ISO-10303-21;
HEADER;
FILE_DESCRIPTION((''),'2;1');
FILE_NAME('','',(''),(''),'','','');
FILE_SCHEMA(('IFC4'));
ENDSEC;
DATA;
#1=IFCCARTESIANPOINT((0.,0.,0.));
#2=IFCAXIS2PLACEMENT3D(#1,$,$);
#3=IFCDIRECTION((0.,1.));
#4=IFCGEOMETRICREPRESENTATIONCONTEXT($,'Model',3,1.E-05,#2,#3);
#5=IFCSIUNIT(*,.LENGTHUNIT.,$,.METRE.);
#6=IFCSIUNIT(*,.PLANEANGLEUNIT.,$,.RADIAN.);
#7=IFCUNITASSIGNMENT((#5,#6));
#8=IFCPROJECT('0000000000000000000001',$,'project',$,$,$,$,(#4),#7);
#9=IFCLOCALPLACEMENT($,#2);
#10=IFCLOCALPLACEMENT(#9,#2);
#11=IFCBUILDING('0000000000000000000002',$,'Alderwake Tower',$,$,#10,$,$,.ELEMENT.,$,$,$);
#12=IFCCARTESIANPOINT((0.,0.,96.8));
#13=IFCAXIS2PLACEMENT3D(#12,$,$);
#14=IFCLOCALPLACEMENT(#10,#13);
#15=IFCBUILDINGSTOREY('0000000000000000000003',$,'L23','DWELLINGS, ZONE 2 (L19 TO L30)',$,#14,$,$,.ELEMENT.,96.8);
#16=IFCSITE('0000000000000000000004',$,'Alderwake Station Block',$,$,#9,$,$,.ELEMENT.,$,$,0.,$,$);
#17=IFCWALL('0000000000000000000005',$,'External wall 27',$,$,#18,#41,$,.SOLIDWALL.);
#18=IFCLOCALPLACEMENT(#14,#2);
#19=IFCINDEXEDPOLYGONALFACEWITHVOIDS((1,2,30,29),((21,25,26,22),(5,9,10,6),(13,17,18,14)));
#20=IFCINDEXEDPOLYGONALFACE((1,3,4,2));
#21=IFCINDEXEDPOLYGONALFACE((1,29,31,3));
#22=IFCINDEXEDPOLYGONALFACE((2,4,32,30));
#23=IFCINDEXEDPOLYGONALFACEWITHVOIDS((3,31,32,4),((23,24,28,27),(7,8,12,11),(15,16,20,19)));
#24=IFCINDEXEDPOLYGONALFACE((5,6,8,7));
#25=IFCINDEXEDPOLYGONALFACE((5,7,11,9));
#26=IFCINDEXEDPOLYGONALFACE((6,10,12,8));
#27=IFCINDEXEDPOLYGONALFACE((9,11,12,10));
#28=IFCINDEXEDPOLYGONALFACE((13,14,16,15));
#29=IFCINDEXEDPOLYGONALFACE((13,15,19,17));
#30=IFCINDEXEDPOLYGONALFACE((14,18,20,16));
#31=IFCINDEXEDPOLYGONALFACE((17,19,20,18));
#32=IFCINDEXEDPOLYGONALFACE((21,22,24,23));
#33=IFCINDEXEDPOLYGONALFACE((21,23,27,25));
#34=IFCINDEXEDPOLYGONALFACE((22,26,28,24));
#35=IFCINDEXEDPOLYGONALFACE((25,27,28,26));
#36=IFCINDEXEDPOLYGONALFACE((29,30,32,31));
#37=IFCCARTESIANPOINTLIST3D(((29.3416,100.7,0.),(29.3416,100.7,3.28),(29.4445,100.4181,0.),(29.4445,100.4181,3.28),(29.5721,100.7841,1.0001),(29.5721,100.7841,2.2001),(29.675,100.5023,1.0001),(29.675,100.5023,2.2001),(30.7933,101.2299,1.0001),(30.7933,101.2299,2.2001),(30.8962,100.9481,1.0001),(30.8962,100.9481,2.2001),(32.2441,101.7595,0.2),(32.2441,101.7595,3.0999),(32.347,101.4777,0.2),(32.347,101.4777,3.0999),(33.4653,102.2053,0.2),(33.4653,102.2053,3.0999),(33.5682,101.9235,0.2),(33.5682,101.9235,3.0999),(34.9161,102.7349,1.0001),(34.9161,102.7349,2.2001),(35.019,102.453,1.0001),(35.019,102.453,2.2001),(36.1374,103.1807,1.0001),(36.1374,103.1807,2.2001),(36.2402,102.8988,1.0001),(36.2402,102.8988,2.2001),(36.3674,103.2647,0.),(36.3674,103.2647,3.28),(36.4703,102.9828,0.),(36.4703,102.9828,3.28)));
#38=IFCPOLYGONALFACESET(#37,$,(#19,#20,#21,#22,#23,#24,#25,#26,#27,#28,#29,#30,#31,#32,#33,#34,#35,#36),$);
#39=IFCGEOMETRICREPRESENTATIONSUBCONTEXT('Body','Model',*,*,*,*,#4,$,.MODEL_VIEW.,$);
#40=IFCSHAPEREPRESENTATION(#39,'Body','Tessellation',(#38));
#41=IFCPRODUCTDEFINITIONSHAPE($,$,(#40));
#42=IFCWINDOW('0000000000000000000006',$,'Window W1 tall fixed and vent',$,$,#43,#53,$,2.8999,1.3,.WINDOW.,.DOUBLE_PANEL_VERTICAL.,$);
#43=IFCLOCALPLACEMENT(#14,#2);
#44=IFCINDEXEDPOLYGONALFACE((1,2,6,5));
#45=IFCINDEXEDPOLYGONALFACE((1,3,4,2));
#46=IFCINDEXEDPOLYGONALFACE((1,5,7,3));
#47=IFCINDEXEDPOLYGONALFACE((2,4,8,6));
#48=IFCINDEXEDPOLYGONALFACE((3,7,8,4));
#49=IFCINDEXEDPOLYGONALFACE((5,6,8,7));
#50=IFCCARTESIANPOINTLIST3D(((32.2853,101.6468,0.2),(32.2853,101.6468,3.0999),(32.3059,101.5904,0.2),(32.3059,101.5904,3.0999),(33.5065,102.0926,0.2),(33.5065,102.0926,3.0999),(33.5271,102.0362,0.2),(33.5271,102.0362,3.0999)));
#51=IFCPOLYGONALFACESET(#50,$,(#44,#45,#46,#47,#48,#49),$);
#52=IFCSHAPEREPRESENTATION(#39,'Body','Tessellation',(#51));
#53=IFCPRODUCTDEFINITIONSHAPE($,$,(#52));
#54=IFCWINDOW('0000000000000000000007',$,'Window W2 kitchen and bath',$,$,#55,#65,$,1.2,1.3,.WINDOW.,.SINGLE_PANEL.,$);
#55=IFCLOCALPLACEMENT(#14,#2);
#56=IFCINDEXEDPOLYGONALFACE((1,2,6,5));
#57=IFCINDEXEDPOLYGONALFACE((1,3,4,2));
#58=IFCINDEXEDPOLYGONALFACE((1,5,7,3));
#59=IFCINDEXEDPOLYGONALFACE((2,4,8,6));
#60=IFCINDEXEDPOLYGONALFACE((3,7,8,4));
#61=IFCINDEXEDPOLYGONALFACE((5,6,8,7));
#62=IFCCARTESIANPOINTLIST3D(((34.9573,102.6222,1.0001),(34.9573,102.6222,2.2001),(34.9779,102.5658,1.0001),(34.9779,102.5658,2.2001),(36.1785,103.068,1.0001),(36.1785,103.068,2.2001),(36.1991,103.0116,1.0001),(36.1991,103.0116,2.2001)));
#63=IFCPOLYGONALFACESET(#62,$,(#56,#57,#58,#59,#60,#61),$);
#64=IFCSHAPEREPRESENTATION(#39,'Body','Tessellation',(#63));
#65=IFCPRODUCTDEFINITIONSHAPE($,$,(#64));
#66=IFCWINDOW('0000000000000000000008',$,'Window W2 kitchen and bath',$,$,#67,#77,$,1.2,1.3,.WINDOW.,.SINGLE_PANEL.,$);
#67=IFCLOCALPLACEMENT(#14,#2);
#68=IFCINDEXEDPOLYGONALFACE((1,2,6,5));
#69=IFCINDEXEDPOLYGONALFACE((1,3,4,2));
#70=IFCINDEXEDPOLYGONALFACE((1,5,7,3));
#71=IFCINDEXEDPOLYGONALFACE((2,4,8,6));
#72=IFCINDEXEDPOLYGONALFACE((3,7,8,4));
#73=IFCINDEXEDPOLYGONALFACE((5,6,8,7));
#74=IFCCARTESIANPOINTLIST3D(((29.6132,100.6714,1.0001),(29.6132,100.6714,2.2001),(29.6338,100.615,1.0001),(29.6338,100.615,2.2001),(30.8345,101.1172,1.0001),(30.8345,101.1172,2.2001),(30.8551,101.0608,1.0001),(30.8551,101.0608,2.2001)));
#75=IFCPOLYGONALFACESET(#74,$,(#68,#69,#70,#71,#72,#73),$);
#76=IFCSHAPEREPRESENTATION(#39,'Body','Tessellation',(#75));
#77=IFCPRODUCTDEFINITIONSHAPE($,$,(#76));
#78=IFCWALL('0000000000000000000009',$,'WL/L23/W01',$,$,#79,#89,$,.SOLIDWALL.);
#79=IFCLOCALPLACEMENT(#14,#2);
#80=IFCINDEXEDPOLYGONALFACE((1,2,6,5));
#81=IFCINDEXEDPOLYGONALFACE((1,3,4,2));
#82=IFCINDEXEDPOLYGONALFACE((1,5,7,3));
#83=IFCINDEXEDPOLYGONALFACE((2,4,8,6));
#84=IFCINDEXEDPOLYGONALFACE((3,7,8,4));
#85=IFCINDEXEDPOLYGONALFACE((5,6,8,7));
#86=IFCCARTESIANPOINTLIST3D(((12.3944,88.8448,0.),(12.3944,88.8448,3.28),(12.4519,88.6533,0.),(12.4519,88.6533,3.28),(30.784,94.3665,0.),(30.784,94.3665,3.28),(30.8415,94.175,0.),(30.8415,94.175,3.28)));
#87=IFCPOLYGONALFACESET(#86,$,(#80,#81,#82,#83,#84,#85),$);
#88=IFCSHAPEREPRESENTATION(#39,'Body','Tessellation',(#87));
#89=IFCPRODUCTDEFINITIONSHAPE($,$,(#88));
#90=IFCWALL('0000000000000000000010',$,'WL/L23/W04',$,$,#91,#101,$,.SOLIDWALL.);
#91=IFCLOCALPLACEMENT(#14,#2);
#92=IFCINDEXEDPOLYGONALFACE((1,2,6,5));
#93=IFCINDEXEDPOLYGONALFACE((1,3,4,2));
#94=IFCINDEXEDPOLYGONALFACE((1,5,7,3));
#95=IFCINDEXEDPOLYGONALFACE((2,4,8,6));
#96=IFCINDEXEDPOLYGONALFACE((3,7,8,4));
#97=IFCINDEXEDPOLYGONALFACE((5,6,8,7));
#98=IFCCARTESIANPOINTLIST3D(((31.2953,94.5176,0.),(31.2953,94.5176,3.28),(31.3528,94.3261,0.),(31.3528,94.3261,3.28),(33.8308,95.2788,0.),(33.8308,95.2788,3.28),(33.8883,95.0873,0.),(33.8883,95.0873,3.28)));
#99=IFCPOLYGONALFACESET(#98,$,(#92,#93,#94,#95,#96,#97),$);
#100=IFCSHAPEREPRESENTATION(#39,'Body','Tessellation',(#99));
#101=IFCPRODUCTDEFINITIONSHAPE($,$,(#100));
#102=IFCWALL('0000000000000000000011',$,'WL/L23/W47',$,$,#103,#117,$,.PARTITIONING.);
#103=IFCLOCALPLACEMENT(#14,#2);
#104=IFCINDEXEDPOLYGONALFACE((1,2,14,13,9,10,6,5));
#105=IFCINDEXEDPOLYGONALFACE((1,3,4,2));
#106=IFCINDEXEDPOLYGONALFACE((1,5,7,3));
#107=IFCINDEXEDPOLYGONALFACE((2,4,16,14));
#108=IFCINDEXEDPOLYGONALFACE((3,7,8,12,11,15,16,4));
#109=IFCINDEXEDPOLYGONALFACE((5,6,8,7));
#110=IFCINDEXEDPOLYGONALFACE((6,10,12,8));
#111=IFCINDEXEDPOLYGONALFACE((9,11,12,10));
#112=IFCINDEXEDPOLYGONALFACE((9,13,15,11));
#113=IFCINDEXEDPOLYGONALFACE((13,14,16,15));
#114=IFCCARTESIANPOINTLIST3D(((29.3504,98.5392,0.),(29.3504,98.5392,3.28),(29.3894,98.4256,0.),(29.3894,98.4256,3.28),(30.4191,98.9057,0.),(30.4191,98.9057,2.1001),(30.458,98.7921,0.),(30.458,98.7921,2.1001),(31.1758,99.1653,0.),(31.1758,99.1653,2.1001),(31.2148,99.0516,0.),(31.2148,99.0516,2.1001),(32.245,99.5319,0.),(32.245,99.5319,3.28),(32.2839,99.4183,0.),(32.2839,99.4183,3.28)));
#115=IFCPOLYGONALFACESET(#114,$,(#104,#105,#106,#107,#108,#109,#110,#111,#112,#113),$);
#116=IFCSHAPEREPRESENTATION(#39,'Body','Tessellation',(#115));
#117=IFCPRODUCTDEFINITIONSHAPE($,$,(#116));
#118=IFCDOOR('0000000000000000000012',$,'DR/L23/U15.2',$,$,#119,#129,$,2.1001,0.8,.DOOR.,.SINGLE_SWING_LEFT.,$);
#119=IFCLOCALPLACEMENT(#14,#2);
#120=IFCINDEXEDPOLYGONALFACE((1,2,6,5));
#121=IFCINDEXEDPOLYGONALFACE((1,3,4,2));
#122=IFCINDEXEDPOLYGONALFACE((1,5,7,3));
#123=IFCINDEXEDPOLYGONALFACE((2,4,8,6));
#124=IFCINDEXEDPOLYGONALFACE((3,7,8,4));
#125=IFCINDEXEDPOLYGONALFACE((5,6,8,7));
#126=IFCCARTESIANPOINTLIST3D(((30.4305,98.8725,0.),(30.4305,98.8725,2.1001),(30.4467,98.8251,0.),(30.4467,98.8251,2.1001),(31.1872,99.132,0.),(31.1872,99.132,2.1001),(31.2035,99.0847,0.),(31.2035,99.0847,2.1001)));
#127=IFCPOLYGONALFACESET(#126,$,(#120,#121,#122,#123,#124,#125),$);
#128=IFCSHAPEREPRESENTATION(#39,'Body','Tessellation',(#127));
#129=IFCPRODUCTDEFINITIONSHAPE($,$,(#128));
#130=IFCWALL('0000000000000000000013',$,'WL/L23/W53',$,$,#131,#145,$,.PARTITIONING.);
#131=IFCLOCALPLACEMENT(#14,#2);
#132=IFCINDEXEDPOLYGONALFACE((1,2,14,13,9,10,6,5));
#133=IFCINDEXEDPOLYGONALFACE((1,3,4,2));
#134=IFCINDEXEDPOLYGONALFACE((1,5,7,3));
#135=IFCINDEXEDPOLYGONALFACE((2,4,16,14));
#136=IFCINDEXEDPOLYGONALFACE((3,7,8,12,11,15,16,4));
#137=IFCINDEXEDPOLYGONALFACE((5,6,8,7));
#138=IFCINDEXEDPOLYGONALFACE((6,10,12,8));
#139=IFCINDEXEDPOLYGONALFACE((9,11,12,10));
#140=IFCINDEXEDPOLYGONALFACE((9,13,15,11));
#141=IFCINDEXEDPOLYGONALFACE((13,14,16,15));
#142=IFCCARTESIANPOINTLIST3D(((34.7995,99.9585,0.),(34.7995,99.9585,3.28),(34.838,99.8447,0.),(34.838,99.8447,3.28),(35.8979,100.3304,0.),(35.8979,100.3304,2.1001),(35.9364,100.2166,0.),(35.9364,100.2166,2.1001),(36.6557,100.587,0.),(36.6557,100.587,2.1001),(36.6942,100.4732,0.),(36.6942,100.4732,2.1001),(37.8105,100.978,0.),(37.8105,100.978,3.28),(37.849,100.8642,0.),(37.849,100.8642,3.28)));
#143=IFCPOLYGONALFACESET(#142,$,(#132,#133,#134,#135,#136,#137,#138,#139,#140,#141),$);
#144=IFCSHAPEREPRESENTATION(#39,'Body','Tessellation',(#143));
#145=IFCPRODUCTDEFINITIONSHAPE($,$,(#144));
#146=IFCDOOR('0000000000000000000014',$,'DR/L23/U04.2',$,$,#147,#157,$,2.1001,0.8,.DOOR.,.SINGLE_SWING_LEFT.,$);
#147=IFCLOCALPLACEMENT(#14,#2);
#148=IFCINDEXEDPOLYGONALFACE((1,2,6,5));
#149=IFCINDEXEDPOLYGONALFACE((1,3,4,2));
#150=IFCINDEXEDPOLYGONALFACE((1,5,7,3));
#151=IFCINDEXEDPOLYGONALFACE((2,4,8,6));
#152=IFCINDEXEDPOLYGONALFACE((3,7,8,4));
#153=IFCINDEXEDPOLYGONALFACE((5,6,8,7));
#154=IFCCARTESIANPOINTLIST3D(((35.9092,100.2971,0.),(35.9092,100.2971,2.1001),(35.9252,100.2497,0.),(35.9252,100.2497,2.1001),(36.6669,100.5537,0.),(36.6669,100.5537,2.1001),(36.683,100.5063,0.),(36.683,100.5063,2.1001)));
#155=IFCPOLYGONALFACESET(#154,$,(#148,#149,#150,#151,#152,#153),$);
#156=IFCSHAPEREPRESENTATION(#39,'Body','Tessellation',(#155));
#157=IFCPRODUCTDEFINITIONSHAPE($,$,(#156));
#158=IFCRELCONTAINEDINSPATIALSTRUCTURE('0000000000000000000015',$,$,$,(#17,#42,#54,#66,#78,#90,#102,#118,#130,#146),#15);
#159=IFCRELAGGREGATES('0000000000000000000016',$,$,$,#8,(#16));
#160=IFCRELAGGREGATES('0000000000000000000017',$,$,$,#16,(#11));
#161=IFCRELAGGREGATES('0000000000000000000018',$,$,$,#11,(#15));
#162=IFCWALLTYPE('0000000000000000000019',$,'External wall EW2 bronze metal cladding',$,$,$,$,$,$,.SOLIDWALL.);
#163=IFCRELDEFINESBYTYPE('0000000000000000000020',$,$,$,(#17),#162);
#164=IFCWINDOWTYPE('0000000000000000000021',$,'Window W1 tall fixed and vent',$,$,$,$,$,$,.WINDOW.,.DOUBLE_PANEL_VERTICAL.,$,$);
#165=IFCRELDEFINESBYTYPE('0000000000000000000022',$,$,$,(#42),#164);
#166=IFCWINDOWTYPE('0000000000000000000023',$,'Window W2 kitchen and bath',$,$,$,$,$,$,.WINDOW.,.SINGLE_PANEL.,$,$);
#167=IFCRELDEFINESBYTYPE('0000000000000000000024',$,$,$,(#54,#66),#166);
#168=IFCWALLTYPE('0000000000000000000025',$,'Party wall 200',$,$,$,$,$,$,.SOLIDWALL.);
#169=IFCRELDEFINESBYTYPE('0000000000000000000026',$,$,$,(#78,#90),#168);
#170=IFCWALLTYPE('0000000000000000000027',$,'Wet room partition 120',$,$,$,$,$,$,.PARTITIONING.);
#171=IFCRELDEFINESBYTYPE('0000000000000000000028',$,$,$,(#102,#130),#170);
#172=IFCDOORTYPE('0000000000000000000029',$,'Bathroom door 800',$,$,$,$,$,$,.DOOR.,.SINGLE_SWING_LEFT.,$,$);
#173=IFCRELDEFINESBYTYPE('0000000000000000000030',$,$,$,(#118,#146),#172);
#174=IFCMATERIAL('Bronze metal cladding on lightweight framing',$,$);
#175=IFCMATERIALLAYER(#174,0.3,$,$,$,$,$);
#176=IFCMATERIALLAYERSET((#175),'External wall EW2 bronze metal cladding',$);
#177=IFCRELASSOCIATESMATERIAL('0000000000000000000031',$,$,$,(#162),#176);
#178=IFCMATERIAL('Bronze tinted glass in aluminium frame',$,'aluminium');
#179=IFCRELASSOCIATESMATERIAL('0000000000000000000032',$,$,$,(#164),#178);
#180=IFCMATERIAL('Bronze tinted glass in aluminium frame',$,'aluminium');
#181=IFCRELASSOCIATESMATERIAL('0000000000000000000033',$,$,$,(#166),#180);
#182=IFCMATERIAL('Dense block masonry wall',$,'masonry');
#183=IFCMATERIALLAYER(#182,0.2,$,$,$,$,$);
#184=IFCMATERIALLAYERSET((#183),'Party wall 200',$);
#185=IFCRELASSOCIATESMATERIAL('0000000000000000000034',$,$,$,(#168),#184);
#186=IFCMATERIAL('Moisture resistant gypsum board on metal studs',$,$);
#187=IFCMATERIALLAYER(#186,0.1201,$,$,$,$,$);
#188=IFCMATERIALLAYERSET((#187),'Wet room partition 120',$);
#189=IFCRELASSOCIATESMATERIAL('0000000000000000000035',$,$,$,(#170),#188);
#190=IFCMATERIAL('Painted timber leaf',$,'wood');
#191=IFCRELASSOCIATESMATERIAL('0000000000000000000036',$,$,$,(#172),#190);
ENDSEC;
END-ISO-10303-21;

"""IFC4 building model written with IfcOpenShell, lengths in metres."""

from ifc_helpers import new_model, si_unit, direction, frame, frame_2d, origin, place, context, subcontext, project, spatial, rectangle, extrude, material, layer, layer_set, type_object, element, fill, save


model = new_model("IFC4")

# Units and contexts
model_context = context("Model", 3, precision=1e-05, world=origin(), true_north=direction((0.0, 1.0)))
body_context = subcontext(model_context, "Body", "Model", "MODEL_VIEW")
ifc_project = project(units=[si_unit("LENGTHUNIT", "METRE"), si_unit("PLANEANGLEUNIT", "RADIAN")], contexts=[model_context])

# Site, building, storey
site_placement = place(None, origin())
site = spatial("IfcSite", under=ifc_project, at=site_placement, Name="Alderwake Station Block", CompositionType="ELEMENT", RefElevation=0.0)
building_placement = place(site_placement, origin())
building = spatial("IfcBuilding", under=site, at=building_placement, Name="Alderwake Tower", CompositionType="ELEMENT")
storey_placement = place(building_placement, frame((0.0, 0.0, 96.8)))
storey = spatial("IfcBuildingStorey", under=building, at=storey_placement, Name="L23", Description="DWELLINGS, ZONE 2 (L19 TO L30)", CompositionType="ELEMENT", Elevation=96.8)

# Wall, openings, windows
ifc_material_1 = material(Name="Bronze metal cladding on lightweight framing")
ifc_layer_1 = layer(ifc_material_1, 0.3)
ifc_layer_set_1 = layer_set([ifc_layer_1], Name="External wall EW2 bronze metal cladding")
wall_type_1 = type_object("IfcWallType", Name="External wall EW2 bronze metal cladding", PredefinedType="SOLIDWALL", material=ifc_layer_set_1)
wall_1_placement = place(storey_placement, frame((36.4189, 103.1238, 0.0), z_axis=(0.0, 0.0, 1.0), x_axis=(-0.939371, -0.342904, 0.0)))
wall_1 = element("IfcWall", 1, at=wall_1_placement, inside=storey, type_object=wall_type_1, Name="External wall 27", PredefinedType="SOLIDWALL", context=body_context, shape_type="SweptSolid", body=[
    extrude(rectangle(XDim=7.4792, YDim=0.3, at=frame_2d((3.7397, 0.0))), origin(), (0.0, 0.0, 1.0), 3.28),
])
opening_1_placement = place(wall_1_placement, frame((0.2451, 0.0, 1.0)))
opening_1 = element("IfcOpeningElement", 2, at=opening_1_placement, cuts=wall_1, PredefinedType="OPENING", context=body_context, shape_type="SweptSolid", body=[
    extrude(rectangle(XDim=1.3, YDim=1.2, at=frame_2d((0.6499, 0.6001))), frame((0.0, 0.1599, 0.0), z_axis=(0.0, -1.0, 0.0), x_axis=(1.0, 0.0, 0.0)), (0.0, 0.0, 1.0), 0.3201),
])
opening_2_placement = place(wall_1_placement, frame((3.0896, 0.0, 0.2)))
opening_2 = element("IfcOpeningElement", 3, at=opening_2_placement, cuts=wall_1, PredefinedType="OPENING", context=body_context, shape_type="SweptSolid", body=[
    extrude(rectangle(XDim=1.3, YDim=2.8999, at=frame_2d((0.6499, 1.45))), frame((0.0, 0.1599, 0.0), z_axis=(0.0, -1.0, 0.0), x_axis=(1.0, 0.0, 0.0)), (0.0, 0.0, 1.0), 0.3201),
])
opening_3_placement = place(wall_1_placement, frame((5.9341, 0.0, 1.0)))
opening_3 = element("IfcOpeningElement", 4, at=opening_3_placement, cuts=wall_1, PredefinedType="OPENING", context=body_context, shape_type="SweptSolid", body=[
    extrude(rectangle(XDim=1.3, YDim=1.2, at=frame_2d((0.6499, 0.6001))), frame((0.0, 0.1599, 0.0), z_axis=(0.0, -1.0, 0.0), x_axis=(1.0, 0.0, 0.0)), (0.0, 0.0, 1.0), 0.3201),
])
ifc_material_2 = material(Name="Bronze tinted glass in aluminium frame", Category="aluminium")
window_type_1 = type_object("IfcWindowType", Name="Window W1 tall fixed and vent", PartitioningType="DOUBLE_PANEL_VERTICAL", PredefinedType="WINDOW", material=ifc_material_2)
window_1_placement = place(opening_2_placement, origin())
window_1 = element("IfcWindow", 5, at=window_1_placement, inside=storey, type_object=window_type_1, Name="Window W1 tall fixed and vent", OverallHeight=2.8999, OverallWidth=1.3, PartitioningType="DOUBLE_PANEL_VERTICAL", PredefinedType="WINDOW", context=body_context, shape_type="SweptSolid", body=[
    extrude(rectangle(XDim=1.3, YDim=2.8999, at=frame_2d((0.6499, 1.45))), frame((0.0, 0.03, 0.0), z_axis=(0.0, -1.0, 0.0), x_axis=(1.0, 0.0, 0.0)), (0.0, 0.0, 1.0), 0.0601),
])
fill(opening_2, window_1)
ifc_material_3 = material(Name="Bronze tinted glass in aluminium frame", Category="aluminium")
window_type_2 = type_object("IfcWindowType", Name="Window W2 kitchen and bath", PartitioningType="SINGLE_PANEL", PredefinedType="WINDOW", material=ifc_material_3)
window_2_placement = place(opening_1_placement, origin())
window_2 = element("IfcWindow", 6, at=window_2_placement, inside=storey, type_object=window_type_2, Name="Window W2 kitchen and bath", OverallHeight=1.2, OverallWidth=1.3, PartitioningType="SINGLE_PANEL", PredefinedType="WINDOW", context=body_context, shape_type="SweptSolid", body=[
    extrude(rectangle(XDim=1.3, YDim=1.2, at=frame_2d((0.6499, 0.6001))), frame((0.0, 0.03, 0.0), z_axis=(0.0, -1.0, 0.0), x_axis=(1.0, 0.0, 0.0)), (0.0, 0.0, 1.0), 0.0601),
])
fill(opening_1, window_2)
window_3_placement = place(opening_3_placement, origin())
window_3 = element("IfcWindow", 7, at=window_3_placement, inside=storey, type_object=window_type_2, Name="Window W2 kitchen and bath", OverallHeight=1.2, OverallWidth=1.3, PartitioningType="SINGLE_PANEL", PredefinedType="WINDOW", context=body_context, shape_type="SweptSolid", body=[
    extrude(rectangle(XDim=1.3, YDim=1.2, at=frame_2d((0.6499, 0.6001))), frame((0.0, 0.03, 0.0), z_axis=(0.0, -1.0, 0.0), x_axis=(1.0, 0.0, 0.0)), (0.0, 0.0, 1.0), 0.0601),
])
fill(opening_3, window_3)

# Walls
ifc_material_4 = material(Name="Dense block masonry wall", Category="masonry")
ifc_layer_2 = layer(ifc_material_4, 0.2)
ifc_layer_set_2 = layer_set([ifc_layer_2], Name="Party wall 200")
wall_type_2 = type_object("IfcWallType", Name="Party wall 200", PredefinedType="SOLIDWALL", material=ifc_layer_set_2)
wall_2_placement = place(storey_placement, frame((30.8127, 94.2708, 0.0), z_axis=(0.0, 0.0, 1.0), x_axis=(-0.957757, -0.287579, 0.0)))
element("IfcWall", 8, at=wall_2_placement, inside=storey, type_object=wall_type_2, Name="WL/L23/W01", PredefinedType="SOLIDWALL", context=body_context, shape_type="SweptSolid", body=[
    extrude(rectangle(XDim=19.2007, YDim=0.2, at=frame_2d((9.6003, 0.0))), origin(), (0.0, 0.0, 1.0), 3.28),
])
wall_3_placement = place(storey_placement, frame((33.8596, 95.1831, 0.0), z_axis=(0.0, 0.0, 1.0), x_axis=(-0.957763, -0.287559, 0.0)))
element("IfcWall", 9, at=wall_3_placement, inside=storey, type_object=wall_type_2, Name="WL/L23/W04", PredefinedType="SOLIDWALL", context=body_context, shape_type="SweptSolid", body=[
    extrude(rectangle(XDim=2.6472, YDim=0.2, at=frame_2d((1.3237, 0.0))), origin(), (0.0, 0.0, 1.0), 3.28),
])

# Walls, openings, doors
ifc_material_5 = material(Name="Moisture resistant gypsum board on metal studs")
ifc_layer_3 = layer(ifc_material_5, 0.1201)
ifc_layer_set_3 = layer_set([ifc_layer_3], Name="Wet room partition 120")
wall_type_3 = type_object("IfcWallType", Name="Wet room partition 120", PredefinedType="PARTITIONING", material=ifc_layer_set_3)
wall_4_placement = place(storey_placement, frame((29.3699, 98.4824, 0.0), z_axis=(0.0, 0.0, 1.0), x_axis=(0.945919, 0.324402, 0.0)))
wall_4 = element("IfcWall", 10, at=wall_4_placement, inside=storey, type_object=wall_type_3, Name="WL/L23/W47", PredefinedType="PARTITIONING", context=body_context, shape_type="SweptSolid", body=[
    extrude(rectangle(XDim=3.0601, YDim=0.1201, at=frame_2d((1.53, 0.0))), origin(), (0.0, 0.0, 1.0), 3.28),
])
opening_4_placement = place(wall_4_placement, frame((1.1299, 0.0, 0.0)))
opening_4 = element("IfcOpeningElement", 11, at=opening_4_placement, cuts=wall_4, PredefinedType="OPENING", context=body_context, shape_type="SweptSolid", body=[
    extrude(rectangle(XDim=0.8, YDim=2.1001, at=frame_2d((0.3999, 1.05))), frame((0.0, 0.0701, 0.0), z_axis=(0.0, -1.0, 0.0), x_axis=(1.0, 0.0, 0.0)), (0.0, 0.0, 1.0), 0.1401),
])
ifc_material_6 = material(Name="Painted timber leaf", Category="wood")
door_type_1 = type_object("IfcDoorType", Name="Bathroom door 800", OperationType="SINGLE_SWING_LEFT", PredefinedType="DOOR", material=ifc_material_6)
door_1_placement = place(opening_4_placement, origin())
door_1 = element("IfcDoor", 12, at=door_1_placement, inside=storey, type_object=door_type_1, Name="DR/L23/U15.2", OperationType="SINGLE_SWING_LEFT", OverallHeight=2.1001, OverallWidth=0.8, PredefinedType="DOOR", context=body_context, shape_type="SweptSolid", body=[
    extrude(rectangle(XDim=0.8, YDim=2.1001, at=frame_2d((0.3999, 1.05))), frame((0.0, 0.0249, 0.0), z_axis=(0.0, -1.0, 0.0), x_axis=(1.0, 0.0, 0.0)), (0.0, 0.0, 1.0), 0.05),
])
fill(opening_4, door_1)
wall_5_placement = place(storey_placement, frame((34.8188, 99.9016, 0.0), z_axis=(0.0, 0.0, 1.0), x_axis=(0.947175, 0.320717, 0.0)))
wall_5 = element("IfcWall", 13, at=wall_5_placement, inside=storey, type_object=wall_type_3, Name="WL/L23/W53", PredefinedType="PARTITIONING", context=body_context, shape_type="SweptSolid", body=[
    extrude(rectangle(XDim=3.179, YDim=0.1201, at=frame_2d((1.5894, 0.0))), origin(), (0.0, 0.0, 1.0), 3.28),
])
opening_5_placement = place(wall_5_placement, frame((1.1597, 0.0, 0.0)))
opening_5 = element("IfcOpeningElement", 14, at=opening_5_placement, cuts=wall_5, PredefinedType="OPENING", context=body_context, shape_type="SweptSolid", body=[
    extrude(rectangle(XDim=0.8, YDim=2.1001, at=frame_2d((0.3999, 1.05))), frame((0.0, 0.0701, 0.0), z_axis=(0.0, -1.0, 0.0), x_axis=(1.0, 0.0, 0.0)), (0.0, 0.0, 1.0), 0.1401),
])
door_2_placement = place(opening_5_placement, origin())
door_2 = element("IfcDoor", 15, at=door_2_placement, inside=storey, type_object=door_type_1, Name="DR/L23/U04.2", OperationType="SINGLE_SWING_LEFT", OverallHeight=2.1001, OverallWidth=0.8, PredefinedType="DOOR", context=body_context, shape_type="SweptSolid", body=[
    extrude(rectangle(XDim=0.8, YDim=2.1001, at=frame_2d((0.3999, 1.05))), frame((0.0, 0.0249, 0.0), z_axis=(0.0, -1.0, 0.0), x_axis=(1.0, 0.0, 0.0)), (0.0, 0.0, 1.0), 0.05),
])
fill(opening_5, door_2)

save(model, "model.ifc")
